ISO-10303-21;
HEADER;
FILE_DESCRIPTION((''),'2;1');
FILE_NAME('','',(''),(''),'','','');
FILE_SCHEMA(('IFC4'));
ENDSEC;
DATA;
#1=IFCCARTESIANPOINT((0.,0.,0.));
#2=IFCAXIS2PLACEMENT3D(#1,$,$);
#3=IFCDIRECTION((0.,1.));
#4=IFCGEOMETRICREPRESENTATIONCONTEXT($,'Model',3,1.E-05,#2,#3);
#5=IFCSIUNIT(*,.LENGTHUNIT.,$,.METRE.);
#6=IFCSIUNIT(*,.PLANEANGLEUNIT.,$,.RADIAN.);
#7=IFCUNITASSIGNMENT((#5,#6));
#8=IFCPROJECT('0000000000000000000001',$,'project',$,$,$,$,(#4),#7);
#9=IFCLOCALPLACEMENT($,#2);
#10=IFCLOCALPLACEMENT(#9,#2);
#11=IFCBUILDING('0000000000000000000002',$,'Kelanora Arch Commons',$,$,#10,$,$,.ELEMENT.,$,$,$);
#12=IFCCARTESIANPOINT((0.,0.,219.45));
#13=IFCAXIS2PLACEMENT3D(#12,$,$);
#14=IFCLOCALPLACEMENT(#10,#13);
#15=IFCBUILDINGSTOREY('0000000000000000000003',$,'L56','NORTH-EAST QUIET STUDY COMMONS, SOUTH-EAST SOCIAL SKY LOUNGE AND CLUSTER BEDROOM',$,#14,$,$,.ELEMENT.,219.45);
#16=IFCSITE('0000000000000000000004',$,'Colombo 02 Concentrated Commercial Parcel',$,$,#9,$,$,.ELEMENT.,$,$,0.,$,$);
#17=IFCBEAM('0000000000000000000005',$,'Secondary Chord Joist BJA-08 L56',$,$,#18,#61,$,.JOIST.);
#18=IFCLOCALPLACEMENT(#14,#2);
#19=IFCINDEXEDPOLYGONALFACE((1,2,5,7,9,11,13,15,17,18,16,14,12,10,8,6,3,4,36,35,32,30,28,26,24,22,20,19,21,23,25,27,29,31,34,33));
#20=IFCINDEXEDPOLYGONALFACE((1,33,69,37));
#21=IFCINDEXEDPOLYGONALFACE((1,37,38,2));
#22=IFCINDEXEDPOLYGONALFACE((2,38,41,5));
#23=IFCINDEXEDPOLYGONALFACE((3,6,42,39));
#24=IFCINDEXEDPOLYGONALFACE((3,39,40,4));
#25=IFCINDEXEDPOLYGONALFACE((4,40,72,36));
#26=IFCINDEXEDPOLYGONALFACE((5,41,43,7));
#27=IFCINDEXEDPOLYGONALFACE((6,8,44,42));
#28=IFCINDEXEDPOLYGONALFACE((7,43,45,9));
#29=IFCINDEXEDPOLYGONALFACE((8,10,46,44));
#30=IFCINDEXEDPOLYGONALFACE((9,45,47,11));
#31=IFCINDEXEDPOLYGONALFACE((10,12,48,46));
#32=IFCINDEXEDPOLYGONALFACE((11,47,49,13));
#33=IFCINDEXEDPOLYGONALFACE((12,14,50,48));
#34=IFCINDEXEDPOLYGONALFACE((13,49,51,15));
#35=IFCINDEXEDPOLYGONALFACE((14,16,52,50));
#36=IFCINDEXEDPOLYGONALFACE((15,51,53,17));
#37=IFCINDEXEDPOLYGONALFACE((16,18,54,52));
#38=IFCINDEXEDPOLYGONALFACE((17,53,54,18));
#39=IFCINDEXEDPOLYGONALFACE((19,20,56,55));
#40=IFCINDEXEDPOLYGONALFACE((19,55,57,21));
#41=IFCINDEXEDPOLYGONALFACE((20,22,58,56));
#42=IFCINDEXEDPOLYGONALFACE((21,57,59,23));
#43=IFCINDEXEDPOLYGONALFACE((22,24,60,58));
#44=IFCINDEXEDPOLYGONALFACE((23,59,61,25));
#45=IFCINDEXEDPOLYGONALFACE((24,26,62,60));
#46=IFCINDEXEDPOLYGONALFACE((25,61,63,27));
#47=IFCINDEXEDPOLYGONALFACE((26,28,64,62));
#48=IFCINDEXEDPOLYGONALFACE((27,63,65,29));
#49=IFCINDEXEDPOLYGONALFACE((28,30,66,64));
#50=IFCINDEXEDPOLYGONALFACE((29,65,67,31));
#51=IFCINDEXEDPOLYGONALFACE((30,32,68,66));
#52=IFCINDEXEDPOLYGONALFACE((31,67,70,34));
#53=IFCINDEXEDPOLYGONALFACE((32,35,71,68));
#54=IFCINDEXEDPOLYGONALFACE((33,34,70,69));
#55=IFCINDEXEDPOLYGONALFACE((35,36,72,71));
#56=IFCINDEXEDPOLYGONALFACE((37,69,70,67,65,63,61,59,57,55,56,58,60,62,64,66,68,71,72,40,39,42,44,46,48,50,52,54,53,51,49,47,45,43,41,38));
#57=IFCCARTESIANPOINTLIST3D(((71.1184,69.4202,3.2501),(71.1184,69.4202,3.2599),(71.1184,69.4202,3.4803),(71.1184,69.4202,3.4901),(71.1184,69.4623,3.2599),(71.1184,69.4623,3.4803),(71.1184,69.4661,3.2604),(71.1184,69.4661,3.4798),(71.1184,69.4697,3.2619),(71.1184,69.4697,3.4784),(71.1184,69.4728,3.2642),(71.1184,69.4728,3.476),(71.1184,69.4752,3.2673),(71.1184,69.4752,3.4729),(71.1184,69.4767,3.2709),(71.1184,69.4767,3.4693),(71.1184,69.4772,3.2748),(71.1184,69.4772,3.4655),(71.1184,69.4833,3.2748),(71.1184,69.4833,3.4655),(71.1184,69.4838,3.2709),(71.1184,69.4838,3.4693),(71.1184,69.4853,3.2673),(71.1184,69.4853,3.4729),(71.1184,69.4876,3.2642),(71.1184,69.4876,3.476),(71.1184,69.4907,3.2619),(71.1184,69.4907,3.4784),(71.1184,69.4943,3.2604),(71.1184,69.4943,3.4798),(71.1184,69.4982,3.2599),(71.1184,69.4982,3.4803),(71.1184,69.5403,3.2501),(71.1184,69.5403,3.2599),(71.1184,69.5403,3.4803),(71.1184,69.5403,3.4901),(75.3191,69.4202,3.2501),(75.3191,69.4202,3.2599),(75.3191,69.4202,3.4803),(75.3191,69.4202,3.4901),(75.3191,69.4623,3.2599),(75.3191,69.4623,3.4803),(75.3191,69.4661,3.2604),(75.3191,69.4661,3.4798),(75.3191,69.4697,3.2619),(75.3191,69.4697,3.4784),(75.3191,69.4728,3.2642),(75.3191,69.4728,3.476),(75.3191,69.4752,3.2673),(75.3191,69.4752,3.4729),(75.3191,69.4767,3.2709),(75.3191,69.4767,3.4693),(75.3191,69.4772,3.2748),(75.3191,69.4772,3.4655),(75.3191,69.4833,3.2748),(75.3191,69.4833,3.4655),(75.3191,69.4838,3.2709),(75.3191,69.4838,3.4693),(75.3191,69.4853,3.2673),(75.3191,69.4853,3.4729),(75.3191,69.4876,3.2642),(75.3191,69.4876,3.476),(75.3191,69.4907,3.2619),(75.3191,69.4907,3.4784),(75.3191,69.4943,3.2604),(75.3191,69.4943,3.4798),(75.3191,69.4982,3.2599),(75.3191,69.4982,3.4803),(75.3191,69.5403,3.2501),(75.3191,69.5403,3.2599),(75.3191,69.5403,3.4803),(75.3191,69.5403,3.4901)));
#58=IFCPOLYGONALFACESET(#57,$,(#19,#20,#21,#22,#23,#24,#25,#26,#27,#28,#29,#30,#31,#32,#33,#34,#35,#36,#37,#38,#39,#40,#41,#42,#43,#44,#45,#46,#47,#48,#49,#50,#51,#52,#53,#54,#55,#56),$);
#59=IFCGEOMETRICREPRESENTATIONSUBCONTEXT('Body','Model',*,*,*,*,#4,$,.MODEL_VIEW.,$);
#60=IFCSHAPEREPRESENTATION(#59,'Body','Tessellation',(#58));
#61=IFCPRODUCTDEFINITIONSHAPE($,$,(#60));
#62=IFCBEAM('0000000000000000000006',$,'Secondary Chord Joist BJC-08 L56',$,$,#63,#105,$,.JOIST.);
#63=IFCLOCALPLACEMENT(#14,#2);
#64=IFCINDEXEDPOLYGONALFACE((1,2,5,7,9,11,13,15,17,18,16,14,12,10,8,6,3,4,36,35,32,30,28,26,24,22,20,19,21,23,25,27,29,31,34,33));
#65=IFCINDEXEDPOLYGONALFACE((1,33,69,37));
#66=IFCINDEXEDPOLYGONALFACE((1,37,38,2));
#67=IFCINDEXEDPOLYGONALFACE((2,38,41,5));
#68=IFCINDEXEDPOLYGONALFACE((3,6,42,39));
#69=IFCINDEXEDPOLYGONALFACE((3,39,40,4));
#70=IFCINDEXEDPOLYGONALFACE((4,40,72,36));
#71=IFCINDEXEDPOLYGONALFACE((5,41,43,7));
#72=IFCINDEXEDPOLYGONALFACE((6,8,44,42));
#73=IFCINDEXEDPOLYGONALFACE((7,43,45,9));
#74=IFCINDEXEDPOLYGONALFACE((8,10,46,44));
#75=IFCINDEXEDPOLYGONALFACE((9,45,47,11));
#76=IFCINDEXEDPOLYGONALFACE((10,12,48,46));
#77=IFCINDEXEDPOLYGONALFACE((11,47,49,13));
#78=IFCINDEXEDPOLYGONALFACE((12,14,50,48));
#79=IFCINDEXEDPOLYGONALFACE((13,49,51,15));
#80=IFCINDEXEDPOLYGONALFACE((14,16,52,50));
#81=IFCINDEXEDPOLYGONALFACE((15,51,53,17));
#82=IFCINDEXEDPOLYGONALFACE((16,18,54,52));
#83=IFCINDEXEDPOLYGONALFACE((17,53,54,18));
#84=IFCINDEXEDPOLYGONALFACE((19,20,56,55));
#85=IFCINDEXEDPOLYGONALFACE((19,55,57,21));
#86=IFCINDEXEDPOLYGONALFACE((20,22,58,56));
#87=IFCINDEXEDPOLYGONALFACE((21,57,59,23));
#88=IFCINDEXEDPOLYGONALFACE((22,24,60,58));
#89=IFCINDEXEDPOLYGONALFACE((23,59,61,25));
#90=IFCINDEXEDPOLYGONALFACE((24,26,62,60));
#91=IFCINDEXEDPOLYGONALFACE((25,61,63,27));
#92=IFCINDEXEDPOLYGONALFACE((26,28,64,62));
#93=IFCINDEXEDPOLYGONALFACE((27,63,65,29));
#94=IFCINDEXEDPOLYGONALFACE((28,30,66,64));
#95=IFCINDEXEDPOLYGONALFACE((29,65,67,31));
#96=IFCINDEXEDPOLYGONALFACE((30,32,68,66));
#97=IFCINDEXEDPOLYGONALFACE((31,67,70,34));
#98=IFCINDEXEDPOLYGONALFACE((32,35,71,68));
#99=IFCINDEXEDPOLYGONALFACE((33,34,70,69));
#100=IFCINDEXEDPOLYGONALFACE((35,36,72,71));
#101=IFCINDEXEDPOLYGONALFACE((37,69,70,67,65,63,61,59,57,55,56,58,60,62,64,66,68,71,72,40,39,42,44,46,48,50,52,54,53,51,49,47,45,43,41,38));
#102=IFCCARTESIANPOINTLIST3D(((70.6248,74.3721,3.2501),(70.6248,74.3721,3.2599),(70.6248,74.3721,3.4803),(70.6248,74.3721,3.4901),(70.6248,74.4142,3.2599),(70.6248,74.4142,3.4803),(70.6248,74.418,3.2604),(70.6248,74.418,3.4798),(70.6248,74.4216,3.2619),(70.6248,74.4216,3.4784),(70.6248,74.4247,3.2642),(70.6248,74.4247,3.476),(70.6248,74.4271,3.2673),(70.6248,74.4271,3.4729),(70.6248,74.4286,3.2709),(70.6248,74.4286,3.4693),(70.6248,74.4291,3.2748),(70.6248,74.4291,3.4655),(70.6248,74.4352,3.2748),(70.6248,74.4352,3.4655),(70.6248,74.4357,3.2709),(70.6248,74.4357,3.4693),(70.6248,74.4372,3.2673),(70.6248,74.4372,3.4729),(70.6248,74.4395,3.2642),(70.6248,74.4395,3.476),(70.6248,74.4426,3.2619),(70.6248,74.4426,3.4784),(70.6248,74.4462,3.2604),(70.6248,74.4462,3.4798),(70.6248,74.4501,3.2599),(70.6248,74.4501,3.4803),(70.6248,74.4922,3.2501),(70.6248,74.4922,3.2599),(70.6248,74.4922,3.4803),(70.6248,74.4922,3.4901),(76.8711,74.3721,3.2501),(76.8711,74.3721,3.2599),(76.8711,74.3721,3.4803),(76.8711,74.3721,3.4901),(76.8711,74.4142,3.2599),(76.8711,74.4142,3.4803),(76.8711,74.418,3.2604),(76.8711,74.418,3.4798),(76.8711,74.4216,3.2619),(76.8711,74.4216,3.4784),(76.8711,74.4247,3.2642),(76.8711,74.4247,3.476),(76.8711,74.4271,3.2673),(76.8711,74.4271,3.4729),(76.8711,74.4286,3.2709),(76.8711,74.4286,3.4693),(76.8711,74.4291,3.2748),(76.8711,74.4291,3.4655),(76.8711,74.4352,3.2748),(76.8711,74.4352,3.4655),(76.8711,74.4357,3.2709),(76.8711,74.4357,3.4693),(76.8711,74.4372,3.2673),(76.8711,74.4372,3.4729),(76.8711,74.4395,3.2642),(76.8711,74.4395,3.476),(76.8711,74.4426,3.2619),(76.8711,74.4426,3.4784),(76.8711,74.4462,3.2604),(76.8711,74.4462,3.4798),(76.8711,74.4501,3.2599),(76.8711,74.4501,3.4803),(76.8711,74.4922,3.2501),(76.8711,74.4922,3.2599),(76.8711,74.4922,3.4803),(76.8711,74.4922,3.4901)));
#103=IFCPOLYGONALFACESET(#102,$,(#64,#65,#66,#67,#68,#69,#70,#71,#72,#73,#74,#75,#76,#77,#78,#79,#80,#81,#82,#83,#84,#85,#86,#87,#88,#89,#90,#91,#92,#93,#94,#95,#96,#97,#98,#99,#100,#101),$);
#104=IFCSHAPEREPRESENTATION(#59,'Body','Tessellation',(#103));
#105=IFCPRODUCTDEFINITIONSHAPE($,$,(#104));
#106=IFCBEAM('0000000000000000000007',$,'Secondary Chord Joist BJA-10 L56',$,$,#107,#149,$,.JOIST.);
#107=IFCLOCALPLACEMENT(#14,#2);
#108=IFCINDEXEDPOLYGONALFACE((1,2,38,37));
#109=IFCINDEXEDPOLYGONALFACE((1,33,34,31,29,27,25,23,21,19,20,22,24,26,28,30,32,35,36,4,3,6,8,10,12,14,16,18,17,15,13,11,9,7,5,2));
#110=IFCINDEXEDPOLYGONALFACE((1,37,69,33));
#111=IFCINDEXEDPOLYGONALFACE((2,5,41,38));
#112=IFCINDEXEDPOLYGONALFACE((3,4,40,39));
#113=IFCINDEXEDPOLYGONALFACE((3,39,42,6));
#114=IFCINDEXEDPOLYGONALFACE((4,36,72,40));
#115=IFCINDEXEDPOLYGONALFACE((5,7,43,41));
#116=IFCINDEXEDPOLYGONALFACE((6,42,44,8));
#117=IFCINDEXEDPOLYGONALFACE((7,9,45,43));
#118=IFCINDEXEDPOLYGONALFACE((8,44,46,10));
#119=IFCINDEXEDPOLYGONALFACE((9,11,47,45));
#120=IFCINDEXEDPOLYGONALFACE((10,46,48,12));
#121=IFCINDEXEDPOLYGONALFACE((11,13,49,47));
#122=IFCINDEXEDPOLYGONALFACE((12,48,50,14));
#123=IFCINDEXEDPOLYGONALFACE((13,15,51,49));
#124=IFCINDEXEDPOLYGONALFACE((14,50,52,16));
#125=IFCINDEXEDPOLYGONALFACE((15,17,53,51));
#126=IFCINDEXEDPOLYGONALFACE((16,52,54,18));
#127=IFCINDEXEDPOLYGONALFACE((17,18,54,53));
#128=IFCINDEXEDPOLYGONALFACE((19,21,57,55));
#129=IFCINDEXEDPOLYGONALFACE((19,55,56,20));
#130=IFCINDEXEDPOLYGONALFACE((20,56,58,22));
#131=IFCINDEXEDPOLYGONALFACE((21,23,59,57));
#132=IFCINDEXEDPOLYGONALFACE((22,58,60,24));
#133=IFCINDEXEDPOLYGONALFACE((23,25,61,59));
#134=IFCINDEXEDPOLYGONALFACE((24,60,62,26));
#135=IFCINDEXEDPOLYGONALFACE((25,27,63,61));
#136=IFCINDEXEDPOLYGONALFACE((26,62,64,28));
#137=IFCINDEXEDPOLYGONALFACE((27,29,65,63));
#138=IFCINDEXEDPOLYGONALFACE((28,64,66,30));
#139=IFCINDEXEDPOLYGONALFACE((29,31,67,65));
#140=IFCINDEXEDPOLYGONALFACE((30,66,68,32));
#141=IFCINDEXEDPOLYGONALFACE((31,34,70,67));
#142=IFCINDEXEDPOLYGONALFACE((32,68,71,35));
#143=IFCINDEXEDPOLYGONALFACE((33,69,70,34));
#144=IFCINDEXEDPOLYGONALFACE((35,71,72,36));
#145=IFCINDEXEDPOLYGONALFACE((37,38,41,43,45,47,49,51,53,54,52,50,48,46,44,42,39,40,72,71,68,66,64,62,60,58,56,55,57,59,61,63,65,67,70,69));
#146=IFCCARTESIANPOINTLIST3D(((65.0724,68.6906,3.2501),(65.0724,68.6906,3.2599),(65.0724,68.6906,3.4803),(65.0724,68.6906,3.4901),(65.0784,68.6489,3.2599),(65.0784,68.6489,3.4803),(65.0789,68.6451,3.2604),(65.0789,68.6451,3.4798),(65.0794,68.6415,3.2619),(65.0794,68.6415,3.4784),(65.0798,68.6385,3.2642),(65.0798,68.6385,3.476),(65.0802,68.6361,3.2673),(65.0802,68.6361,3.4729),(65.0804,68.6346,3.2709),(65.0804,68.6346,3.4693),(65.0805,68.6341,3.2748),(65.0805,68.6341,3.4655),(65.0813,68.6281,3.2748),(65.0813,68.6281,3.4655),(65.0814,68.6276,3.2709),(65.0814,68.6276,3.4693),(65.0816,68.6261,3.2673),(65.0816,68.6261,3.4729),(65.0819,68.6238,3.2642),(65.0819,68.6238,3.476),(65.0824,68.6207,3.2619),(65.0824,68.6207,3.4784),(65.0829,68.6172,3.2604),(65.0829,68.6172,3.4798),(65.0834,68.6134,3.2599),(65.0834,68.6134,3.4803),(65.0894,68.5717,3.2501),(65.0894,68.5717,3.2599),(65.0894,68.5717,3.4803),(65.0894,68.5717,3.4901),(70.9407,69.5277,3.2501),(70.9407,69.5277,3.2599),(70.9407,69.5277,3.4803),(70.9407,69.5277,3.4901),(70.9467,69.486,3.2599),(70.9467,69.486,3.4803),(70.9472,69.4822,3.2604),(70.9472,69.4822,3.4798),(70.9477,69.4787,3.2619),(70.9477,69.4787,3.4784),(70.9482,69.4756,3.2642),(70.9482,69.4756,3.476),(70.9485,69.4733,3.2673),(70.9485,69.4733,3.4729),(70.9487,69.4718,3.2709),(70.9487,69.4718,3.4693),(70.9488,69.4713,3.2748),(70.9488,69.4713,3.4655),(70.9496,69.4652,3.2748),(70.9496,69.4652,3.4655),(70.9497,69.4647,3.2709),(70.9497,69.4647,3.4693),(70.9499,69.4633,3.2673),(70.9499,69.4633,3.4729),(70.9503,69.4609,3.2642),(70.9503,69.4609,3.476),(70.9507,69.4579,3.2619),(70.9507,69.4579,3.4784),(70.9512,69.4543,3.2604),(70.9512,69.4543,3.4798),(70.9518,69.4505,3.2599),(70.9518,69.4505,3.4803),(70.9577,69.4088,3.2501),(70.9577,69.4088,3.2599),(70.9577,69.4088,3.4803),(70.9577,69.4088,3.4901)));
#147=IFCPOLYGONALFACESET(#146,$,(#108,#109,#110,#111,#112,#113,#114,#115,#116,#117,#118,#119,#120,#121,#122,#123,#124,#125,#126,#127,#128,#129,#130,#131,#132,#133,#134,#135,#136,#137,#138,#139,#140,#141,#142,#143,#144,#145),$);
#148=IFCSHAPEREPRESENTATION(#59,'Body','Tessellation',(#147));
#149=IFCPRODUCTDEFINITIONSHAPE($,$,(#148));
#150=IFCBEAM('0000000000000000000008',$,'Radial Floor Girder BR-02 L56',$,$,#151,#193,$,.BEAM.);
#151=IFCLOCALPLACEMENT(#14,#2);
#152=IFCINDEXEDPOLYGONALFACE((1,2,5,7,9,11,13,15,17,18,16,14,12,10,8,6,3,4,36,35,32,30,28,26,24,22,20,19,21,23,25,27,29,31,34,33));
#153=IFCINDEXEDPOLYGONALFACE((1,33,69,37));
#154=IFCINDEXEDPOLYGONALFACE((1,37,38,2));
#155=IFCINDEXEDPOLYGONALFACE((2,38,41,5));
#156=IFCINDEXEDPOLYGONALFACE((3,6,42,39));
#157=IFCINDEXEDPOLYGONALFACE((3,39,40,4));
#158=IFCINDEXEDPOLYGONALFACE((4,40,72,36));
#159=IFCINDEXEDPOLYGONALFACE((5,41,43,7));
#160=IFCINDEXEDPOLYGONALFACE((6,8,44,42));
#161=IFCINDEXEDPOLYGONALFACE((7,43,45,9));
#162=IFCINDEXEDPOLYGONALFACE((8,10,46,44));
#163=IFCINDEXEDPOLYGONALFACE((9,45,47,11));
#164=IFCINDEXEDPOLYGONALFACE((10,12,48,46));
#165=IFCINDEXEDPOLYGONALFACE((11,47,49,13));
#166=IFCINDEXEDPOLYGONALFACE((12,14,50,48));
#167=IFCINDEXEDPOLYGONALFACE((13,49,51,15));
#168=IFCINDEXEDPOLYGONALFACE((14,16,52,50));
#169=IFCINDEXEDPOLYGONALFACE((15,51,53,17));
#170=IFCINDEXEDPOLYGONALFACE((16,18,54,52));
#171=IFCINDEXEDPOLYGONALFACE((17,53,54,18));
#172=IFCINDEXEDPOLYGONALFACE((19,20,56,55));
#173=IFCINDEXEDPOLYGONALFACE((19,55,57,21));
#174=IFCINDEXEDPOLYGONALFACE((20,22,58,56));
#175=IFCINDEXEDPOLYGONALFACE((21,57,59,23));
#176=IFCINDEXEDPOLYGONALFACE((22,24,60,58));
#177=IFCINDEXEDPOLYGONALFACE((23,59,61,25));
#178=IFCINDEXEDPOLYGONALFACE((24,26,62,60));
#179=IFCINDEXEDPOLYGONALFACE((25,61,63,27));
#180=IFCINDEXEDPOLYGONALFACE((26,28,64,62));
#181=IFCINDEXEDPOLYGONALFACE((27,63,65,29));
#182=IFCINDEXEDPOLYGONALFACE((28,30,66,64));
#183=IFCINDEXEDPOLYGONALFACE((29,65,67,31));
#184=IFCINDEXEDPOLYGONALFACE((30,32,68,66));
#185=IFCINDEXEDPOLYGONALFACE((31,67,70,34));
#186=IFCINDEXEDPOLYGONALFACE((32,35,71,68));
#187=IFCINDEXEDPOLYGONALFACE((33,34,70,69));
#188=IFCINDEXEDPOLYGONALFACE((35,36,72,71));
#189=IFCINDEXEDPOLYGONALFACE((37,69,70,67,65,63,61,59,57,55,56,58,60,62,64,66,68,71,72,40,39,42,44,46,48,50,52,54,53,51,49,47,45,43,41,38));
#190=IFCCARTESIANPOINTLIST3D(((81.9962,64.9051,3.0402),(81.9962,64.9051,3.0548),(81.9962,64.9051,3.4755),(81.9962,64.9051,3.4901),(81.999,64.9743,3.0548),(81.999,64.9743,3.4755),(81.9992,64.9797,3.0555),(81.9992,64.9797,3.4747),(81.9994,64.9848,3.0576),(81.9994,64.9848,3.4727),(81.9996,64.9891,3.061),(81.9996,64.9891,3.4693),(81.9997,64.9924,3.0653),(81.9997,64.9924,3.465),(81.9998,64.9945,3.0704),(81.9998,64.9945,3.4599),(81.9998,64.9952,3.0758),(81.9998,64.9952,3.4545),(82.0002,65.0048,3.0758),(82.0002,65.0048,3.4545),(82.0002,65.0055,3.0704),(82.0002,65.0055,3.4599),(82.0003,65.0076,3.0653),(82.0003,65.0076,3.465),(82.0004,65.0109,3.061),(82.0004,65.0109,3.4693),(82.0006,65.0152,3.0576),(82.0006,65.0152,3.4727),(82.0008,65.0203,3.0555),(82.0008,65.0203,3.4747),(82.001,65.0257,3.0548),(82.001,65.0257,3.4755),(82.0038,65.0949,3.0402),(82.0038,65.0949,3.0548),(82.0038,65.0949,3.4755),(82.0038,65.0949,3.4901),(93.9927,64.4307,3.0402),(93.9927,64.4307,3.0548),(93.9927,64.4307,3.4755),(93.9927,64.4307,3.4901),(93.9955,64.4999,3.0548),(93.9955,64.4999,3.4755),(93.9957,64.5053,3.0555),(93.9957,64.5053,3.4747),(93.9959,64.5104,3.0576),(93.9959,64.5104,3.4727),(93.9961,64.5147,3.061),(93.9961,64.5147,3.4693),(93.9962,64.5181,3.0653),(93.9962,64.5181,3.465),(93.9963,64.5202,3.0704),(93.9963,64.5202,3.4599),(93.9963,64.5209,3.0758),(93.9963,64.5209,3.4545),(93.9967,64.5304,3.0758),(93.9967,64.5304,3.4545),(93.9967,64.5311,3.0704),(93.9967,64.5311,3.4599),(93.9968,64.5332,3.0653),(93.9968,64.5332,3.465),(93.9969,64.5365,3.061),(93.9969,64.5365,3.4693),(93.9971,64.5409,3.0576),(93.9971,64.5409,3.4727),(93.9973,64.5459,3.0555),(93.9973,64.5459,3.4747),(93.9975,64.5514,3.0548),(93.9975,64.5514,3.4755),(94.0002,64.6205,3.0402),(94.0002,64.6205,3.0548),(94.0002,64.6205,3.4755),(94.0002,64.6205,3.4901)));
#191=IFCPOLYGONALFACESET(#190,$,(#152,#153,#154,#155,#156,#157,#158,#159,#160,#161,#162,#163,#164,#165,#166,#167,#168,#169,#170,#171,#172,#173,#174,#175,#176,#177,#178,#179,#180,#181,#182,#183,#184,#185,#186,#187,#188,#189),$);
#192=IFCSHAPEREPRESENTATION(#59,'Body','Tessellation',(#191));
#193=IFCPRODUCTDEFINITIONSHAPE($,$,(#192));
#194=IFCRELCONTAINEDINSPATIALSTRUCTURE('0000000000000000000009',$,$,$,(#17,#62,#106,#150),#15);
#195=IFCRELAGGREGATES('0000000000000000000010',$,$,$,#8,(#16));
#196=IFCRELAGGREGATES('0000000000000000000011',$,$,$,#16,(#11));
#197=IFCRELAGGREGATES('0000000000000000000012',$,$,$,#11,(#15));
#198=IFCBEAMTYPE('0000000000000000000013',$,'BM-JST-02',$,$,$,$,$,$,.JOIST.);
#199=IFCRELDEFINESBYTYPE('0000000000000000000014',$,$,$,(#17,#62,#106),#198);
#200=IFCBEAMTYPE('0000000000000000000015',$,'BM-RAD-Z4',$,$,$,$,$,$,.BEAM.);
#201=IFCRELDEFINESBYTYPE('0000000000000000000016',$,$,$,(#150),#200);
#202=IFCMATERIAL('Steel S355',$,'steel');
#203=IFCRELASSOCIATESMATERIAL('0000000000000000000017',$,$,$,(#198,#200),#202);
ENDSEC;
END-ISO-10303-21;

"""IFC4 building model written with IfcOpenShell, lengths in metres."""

from ifc_helpers import new_model, si_unit, direction, frame, origin, origin_2d, place, context, subcontext, project, spatial, i_section, extrude, material, material_profile, profile_set, type_object, element, save


model = new_model("IFC4")

# Units and contexts
model_context = context("Model", 3, precision=1e-05, world=origin(), true_north=direction((0.0, 1.0)))
body_context = subcontext(model_context, "Body", "Model", "MODEL_VIEW")
ifc_project = project(units=[si_unit("LENGTHUNIT", "METRE"), si_unit("PLANEANGLEUNIT", "RADIAN")], contexts=[model_context])

# Site, building, storey
site_placement = place(None, origin())
site = spatial("IfcSite", under=ifc_project, at=site_placement, Name="Colombo 02 Concentrated Commercial Parcel", CompositionType="ELEMENT", RefElevation=0.0)
building_placement = place(site_placement, origin())
building = spatial("IfcBuilding", under=site, at=building_placement, Name="Kelanora Arch Commons", CompositionType="ELEMENT")
storey_placement = place(building_placement, frame((0.0, 0.0, 219.45)))
storey = spatial("IfcBuildingStorey", under=building, at=storey_placement, Name="L56", Description="NORTH-EAST QUIET STUDY COMMONS, SOUTH-EAST SOCIAL SKY LOUNGE AND CLUSTER BEDROOM", CompositionType="ELEMENT", Elevation=219.45)

# Beams
ifc_material_1 = material(Name="Steel S355", Category="steel")
ifc_material_profile_1 = material_profile(ifc_material_1, i_section(OverallWidth=0.1201, OverallDepth=0.24, WebThickness=0.0061, FlangeThickness=0.0098, FilletRadius=0.0149, at=origin_2d()), Name="IPE240")
ifc_profile_set_1 = profile_set([ifc_material_profile_1], Name="Steel S355")
beam_type_1 = type_object("IfcBeamType", Name="BM-JST-02", PredefinedType="JOIST", material=ifc_profile_set_1)
beam_1_placement = place(storey_placement, frame((75.3191, 69.4802, 3.3701), z_axis=(-1.0, 0.0, 0.0), x_axis=(0.0, -1.0, 0.0)))
element("IfcBeam", 1, at=beam_1_placement, inside=storey, type_object=beam_type_1, Name="Secondary Chord Joist BJA-08 L56", PredefinedType="JOIST", context=body_context, shape_type="SweptSolid", body=[
    extrude(i_section(OverallWidth=0.1201, OverallDepth=0.24, WebThickness=0.0061, FlangeThickness=0.0098, FilletRadius=0.0149, at=origin_2d()), origin(), (0.0, 0.0, 1.0), 4.2007),
])
beam_2_placement = place(storey_placement, frame((76.8711, 74.4321, 3.3701), z_axis=(-1.0, 0.0, 0.0), x_axis=(0.0, -1.0, 0.0)))
element("IfcBeam", 2, at=beam_2_placement, inside=storey, type_object=beam_type_1, Name="Secondary Chord Joist BJC-08 L56", PredefinedType="JOIST", context=body_context, shape_type="SweptSolid", body=[
    extrude(i_section(OverallWidth=0.1201, OverallDepth=0.24, WebThickness=0.0061, FlangeThickness=0.0098, FilletRadius=0.0149, at=origin_2d()), origin(), (0.0, 0.0, 1.0), 6.2463),
])
beam_3_placement = place(storey_placement, frame((70.9492, 69.4683, 3.3701), z_axis=(-0.989977, -0.141225, 0.0), x_axis=(0.141225, -0.989977, 0.0)))
element("IfcBeam", 3, at=beam_3_placement, inside=storey, type_object=beam_type_1, Name="Secondary Chord Joist BJA-10 L56", PredefinedType="JOIST", context=body_context, shape_type="SweptSolid", body=[
    extrude(i_section(OverallWidth=0.1201, OverallDepth=0.24, WebThickness=0.0061, FlangeThickness=0.0098, FilletRadius=0.0149, at=origin_2d()), origin(), (0.0, 0.0, 1.0), 5.9277),
])
ifc_material_profile_2 = material_profile(ifc_material_1, i_section(OverallWidth=0.1899, OverallDepth=0.45, WebThickness=0.0095, FlangeThickness=0.0146, FilletRadius=0.021, at=origin_2d()), Name="IPE450")
ifc_profile_set_2 = profile_set([ifc_material_profile_2], Name="Steel S355")
beam_type_2 = type_object("IfcBeamType", Name="BM-RAD-Z4", PredefinedType="BEAM", material=ifc_profile_set_2)
beam_4_placement = place(storey_placement, frame((82.0, 65.0, 3.2651), z_axis=(0.999219, -0.039511, 0.0), x_axis=(0.039511, 0.999219, 0.0)))
element("IfcBeam", 4, at=beam_4_placement, inside=storey, type_object=beam_type_2, Name="Radial Floor Girder BR-02 L56", PredefinedType="BEAM", context=body_context, shape_type="SweptSolid", body=[
    extrude(i_section(OverallWidth=0.1899, OverallDepth=0.45, WebThickness=0.0095, FlangeThickness=0.0146, FilletRadius=0.021, at=origin_2d()), origin(), (0.0, 0.0, 1.0), 12.0059),
])

save(model, "model.ifc")
